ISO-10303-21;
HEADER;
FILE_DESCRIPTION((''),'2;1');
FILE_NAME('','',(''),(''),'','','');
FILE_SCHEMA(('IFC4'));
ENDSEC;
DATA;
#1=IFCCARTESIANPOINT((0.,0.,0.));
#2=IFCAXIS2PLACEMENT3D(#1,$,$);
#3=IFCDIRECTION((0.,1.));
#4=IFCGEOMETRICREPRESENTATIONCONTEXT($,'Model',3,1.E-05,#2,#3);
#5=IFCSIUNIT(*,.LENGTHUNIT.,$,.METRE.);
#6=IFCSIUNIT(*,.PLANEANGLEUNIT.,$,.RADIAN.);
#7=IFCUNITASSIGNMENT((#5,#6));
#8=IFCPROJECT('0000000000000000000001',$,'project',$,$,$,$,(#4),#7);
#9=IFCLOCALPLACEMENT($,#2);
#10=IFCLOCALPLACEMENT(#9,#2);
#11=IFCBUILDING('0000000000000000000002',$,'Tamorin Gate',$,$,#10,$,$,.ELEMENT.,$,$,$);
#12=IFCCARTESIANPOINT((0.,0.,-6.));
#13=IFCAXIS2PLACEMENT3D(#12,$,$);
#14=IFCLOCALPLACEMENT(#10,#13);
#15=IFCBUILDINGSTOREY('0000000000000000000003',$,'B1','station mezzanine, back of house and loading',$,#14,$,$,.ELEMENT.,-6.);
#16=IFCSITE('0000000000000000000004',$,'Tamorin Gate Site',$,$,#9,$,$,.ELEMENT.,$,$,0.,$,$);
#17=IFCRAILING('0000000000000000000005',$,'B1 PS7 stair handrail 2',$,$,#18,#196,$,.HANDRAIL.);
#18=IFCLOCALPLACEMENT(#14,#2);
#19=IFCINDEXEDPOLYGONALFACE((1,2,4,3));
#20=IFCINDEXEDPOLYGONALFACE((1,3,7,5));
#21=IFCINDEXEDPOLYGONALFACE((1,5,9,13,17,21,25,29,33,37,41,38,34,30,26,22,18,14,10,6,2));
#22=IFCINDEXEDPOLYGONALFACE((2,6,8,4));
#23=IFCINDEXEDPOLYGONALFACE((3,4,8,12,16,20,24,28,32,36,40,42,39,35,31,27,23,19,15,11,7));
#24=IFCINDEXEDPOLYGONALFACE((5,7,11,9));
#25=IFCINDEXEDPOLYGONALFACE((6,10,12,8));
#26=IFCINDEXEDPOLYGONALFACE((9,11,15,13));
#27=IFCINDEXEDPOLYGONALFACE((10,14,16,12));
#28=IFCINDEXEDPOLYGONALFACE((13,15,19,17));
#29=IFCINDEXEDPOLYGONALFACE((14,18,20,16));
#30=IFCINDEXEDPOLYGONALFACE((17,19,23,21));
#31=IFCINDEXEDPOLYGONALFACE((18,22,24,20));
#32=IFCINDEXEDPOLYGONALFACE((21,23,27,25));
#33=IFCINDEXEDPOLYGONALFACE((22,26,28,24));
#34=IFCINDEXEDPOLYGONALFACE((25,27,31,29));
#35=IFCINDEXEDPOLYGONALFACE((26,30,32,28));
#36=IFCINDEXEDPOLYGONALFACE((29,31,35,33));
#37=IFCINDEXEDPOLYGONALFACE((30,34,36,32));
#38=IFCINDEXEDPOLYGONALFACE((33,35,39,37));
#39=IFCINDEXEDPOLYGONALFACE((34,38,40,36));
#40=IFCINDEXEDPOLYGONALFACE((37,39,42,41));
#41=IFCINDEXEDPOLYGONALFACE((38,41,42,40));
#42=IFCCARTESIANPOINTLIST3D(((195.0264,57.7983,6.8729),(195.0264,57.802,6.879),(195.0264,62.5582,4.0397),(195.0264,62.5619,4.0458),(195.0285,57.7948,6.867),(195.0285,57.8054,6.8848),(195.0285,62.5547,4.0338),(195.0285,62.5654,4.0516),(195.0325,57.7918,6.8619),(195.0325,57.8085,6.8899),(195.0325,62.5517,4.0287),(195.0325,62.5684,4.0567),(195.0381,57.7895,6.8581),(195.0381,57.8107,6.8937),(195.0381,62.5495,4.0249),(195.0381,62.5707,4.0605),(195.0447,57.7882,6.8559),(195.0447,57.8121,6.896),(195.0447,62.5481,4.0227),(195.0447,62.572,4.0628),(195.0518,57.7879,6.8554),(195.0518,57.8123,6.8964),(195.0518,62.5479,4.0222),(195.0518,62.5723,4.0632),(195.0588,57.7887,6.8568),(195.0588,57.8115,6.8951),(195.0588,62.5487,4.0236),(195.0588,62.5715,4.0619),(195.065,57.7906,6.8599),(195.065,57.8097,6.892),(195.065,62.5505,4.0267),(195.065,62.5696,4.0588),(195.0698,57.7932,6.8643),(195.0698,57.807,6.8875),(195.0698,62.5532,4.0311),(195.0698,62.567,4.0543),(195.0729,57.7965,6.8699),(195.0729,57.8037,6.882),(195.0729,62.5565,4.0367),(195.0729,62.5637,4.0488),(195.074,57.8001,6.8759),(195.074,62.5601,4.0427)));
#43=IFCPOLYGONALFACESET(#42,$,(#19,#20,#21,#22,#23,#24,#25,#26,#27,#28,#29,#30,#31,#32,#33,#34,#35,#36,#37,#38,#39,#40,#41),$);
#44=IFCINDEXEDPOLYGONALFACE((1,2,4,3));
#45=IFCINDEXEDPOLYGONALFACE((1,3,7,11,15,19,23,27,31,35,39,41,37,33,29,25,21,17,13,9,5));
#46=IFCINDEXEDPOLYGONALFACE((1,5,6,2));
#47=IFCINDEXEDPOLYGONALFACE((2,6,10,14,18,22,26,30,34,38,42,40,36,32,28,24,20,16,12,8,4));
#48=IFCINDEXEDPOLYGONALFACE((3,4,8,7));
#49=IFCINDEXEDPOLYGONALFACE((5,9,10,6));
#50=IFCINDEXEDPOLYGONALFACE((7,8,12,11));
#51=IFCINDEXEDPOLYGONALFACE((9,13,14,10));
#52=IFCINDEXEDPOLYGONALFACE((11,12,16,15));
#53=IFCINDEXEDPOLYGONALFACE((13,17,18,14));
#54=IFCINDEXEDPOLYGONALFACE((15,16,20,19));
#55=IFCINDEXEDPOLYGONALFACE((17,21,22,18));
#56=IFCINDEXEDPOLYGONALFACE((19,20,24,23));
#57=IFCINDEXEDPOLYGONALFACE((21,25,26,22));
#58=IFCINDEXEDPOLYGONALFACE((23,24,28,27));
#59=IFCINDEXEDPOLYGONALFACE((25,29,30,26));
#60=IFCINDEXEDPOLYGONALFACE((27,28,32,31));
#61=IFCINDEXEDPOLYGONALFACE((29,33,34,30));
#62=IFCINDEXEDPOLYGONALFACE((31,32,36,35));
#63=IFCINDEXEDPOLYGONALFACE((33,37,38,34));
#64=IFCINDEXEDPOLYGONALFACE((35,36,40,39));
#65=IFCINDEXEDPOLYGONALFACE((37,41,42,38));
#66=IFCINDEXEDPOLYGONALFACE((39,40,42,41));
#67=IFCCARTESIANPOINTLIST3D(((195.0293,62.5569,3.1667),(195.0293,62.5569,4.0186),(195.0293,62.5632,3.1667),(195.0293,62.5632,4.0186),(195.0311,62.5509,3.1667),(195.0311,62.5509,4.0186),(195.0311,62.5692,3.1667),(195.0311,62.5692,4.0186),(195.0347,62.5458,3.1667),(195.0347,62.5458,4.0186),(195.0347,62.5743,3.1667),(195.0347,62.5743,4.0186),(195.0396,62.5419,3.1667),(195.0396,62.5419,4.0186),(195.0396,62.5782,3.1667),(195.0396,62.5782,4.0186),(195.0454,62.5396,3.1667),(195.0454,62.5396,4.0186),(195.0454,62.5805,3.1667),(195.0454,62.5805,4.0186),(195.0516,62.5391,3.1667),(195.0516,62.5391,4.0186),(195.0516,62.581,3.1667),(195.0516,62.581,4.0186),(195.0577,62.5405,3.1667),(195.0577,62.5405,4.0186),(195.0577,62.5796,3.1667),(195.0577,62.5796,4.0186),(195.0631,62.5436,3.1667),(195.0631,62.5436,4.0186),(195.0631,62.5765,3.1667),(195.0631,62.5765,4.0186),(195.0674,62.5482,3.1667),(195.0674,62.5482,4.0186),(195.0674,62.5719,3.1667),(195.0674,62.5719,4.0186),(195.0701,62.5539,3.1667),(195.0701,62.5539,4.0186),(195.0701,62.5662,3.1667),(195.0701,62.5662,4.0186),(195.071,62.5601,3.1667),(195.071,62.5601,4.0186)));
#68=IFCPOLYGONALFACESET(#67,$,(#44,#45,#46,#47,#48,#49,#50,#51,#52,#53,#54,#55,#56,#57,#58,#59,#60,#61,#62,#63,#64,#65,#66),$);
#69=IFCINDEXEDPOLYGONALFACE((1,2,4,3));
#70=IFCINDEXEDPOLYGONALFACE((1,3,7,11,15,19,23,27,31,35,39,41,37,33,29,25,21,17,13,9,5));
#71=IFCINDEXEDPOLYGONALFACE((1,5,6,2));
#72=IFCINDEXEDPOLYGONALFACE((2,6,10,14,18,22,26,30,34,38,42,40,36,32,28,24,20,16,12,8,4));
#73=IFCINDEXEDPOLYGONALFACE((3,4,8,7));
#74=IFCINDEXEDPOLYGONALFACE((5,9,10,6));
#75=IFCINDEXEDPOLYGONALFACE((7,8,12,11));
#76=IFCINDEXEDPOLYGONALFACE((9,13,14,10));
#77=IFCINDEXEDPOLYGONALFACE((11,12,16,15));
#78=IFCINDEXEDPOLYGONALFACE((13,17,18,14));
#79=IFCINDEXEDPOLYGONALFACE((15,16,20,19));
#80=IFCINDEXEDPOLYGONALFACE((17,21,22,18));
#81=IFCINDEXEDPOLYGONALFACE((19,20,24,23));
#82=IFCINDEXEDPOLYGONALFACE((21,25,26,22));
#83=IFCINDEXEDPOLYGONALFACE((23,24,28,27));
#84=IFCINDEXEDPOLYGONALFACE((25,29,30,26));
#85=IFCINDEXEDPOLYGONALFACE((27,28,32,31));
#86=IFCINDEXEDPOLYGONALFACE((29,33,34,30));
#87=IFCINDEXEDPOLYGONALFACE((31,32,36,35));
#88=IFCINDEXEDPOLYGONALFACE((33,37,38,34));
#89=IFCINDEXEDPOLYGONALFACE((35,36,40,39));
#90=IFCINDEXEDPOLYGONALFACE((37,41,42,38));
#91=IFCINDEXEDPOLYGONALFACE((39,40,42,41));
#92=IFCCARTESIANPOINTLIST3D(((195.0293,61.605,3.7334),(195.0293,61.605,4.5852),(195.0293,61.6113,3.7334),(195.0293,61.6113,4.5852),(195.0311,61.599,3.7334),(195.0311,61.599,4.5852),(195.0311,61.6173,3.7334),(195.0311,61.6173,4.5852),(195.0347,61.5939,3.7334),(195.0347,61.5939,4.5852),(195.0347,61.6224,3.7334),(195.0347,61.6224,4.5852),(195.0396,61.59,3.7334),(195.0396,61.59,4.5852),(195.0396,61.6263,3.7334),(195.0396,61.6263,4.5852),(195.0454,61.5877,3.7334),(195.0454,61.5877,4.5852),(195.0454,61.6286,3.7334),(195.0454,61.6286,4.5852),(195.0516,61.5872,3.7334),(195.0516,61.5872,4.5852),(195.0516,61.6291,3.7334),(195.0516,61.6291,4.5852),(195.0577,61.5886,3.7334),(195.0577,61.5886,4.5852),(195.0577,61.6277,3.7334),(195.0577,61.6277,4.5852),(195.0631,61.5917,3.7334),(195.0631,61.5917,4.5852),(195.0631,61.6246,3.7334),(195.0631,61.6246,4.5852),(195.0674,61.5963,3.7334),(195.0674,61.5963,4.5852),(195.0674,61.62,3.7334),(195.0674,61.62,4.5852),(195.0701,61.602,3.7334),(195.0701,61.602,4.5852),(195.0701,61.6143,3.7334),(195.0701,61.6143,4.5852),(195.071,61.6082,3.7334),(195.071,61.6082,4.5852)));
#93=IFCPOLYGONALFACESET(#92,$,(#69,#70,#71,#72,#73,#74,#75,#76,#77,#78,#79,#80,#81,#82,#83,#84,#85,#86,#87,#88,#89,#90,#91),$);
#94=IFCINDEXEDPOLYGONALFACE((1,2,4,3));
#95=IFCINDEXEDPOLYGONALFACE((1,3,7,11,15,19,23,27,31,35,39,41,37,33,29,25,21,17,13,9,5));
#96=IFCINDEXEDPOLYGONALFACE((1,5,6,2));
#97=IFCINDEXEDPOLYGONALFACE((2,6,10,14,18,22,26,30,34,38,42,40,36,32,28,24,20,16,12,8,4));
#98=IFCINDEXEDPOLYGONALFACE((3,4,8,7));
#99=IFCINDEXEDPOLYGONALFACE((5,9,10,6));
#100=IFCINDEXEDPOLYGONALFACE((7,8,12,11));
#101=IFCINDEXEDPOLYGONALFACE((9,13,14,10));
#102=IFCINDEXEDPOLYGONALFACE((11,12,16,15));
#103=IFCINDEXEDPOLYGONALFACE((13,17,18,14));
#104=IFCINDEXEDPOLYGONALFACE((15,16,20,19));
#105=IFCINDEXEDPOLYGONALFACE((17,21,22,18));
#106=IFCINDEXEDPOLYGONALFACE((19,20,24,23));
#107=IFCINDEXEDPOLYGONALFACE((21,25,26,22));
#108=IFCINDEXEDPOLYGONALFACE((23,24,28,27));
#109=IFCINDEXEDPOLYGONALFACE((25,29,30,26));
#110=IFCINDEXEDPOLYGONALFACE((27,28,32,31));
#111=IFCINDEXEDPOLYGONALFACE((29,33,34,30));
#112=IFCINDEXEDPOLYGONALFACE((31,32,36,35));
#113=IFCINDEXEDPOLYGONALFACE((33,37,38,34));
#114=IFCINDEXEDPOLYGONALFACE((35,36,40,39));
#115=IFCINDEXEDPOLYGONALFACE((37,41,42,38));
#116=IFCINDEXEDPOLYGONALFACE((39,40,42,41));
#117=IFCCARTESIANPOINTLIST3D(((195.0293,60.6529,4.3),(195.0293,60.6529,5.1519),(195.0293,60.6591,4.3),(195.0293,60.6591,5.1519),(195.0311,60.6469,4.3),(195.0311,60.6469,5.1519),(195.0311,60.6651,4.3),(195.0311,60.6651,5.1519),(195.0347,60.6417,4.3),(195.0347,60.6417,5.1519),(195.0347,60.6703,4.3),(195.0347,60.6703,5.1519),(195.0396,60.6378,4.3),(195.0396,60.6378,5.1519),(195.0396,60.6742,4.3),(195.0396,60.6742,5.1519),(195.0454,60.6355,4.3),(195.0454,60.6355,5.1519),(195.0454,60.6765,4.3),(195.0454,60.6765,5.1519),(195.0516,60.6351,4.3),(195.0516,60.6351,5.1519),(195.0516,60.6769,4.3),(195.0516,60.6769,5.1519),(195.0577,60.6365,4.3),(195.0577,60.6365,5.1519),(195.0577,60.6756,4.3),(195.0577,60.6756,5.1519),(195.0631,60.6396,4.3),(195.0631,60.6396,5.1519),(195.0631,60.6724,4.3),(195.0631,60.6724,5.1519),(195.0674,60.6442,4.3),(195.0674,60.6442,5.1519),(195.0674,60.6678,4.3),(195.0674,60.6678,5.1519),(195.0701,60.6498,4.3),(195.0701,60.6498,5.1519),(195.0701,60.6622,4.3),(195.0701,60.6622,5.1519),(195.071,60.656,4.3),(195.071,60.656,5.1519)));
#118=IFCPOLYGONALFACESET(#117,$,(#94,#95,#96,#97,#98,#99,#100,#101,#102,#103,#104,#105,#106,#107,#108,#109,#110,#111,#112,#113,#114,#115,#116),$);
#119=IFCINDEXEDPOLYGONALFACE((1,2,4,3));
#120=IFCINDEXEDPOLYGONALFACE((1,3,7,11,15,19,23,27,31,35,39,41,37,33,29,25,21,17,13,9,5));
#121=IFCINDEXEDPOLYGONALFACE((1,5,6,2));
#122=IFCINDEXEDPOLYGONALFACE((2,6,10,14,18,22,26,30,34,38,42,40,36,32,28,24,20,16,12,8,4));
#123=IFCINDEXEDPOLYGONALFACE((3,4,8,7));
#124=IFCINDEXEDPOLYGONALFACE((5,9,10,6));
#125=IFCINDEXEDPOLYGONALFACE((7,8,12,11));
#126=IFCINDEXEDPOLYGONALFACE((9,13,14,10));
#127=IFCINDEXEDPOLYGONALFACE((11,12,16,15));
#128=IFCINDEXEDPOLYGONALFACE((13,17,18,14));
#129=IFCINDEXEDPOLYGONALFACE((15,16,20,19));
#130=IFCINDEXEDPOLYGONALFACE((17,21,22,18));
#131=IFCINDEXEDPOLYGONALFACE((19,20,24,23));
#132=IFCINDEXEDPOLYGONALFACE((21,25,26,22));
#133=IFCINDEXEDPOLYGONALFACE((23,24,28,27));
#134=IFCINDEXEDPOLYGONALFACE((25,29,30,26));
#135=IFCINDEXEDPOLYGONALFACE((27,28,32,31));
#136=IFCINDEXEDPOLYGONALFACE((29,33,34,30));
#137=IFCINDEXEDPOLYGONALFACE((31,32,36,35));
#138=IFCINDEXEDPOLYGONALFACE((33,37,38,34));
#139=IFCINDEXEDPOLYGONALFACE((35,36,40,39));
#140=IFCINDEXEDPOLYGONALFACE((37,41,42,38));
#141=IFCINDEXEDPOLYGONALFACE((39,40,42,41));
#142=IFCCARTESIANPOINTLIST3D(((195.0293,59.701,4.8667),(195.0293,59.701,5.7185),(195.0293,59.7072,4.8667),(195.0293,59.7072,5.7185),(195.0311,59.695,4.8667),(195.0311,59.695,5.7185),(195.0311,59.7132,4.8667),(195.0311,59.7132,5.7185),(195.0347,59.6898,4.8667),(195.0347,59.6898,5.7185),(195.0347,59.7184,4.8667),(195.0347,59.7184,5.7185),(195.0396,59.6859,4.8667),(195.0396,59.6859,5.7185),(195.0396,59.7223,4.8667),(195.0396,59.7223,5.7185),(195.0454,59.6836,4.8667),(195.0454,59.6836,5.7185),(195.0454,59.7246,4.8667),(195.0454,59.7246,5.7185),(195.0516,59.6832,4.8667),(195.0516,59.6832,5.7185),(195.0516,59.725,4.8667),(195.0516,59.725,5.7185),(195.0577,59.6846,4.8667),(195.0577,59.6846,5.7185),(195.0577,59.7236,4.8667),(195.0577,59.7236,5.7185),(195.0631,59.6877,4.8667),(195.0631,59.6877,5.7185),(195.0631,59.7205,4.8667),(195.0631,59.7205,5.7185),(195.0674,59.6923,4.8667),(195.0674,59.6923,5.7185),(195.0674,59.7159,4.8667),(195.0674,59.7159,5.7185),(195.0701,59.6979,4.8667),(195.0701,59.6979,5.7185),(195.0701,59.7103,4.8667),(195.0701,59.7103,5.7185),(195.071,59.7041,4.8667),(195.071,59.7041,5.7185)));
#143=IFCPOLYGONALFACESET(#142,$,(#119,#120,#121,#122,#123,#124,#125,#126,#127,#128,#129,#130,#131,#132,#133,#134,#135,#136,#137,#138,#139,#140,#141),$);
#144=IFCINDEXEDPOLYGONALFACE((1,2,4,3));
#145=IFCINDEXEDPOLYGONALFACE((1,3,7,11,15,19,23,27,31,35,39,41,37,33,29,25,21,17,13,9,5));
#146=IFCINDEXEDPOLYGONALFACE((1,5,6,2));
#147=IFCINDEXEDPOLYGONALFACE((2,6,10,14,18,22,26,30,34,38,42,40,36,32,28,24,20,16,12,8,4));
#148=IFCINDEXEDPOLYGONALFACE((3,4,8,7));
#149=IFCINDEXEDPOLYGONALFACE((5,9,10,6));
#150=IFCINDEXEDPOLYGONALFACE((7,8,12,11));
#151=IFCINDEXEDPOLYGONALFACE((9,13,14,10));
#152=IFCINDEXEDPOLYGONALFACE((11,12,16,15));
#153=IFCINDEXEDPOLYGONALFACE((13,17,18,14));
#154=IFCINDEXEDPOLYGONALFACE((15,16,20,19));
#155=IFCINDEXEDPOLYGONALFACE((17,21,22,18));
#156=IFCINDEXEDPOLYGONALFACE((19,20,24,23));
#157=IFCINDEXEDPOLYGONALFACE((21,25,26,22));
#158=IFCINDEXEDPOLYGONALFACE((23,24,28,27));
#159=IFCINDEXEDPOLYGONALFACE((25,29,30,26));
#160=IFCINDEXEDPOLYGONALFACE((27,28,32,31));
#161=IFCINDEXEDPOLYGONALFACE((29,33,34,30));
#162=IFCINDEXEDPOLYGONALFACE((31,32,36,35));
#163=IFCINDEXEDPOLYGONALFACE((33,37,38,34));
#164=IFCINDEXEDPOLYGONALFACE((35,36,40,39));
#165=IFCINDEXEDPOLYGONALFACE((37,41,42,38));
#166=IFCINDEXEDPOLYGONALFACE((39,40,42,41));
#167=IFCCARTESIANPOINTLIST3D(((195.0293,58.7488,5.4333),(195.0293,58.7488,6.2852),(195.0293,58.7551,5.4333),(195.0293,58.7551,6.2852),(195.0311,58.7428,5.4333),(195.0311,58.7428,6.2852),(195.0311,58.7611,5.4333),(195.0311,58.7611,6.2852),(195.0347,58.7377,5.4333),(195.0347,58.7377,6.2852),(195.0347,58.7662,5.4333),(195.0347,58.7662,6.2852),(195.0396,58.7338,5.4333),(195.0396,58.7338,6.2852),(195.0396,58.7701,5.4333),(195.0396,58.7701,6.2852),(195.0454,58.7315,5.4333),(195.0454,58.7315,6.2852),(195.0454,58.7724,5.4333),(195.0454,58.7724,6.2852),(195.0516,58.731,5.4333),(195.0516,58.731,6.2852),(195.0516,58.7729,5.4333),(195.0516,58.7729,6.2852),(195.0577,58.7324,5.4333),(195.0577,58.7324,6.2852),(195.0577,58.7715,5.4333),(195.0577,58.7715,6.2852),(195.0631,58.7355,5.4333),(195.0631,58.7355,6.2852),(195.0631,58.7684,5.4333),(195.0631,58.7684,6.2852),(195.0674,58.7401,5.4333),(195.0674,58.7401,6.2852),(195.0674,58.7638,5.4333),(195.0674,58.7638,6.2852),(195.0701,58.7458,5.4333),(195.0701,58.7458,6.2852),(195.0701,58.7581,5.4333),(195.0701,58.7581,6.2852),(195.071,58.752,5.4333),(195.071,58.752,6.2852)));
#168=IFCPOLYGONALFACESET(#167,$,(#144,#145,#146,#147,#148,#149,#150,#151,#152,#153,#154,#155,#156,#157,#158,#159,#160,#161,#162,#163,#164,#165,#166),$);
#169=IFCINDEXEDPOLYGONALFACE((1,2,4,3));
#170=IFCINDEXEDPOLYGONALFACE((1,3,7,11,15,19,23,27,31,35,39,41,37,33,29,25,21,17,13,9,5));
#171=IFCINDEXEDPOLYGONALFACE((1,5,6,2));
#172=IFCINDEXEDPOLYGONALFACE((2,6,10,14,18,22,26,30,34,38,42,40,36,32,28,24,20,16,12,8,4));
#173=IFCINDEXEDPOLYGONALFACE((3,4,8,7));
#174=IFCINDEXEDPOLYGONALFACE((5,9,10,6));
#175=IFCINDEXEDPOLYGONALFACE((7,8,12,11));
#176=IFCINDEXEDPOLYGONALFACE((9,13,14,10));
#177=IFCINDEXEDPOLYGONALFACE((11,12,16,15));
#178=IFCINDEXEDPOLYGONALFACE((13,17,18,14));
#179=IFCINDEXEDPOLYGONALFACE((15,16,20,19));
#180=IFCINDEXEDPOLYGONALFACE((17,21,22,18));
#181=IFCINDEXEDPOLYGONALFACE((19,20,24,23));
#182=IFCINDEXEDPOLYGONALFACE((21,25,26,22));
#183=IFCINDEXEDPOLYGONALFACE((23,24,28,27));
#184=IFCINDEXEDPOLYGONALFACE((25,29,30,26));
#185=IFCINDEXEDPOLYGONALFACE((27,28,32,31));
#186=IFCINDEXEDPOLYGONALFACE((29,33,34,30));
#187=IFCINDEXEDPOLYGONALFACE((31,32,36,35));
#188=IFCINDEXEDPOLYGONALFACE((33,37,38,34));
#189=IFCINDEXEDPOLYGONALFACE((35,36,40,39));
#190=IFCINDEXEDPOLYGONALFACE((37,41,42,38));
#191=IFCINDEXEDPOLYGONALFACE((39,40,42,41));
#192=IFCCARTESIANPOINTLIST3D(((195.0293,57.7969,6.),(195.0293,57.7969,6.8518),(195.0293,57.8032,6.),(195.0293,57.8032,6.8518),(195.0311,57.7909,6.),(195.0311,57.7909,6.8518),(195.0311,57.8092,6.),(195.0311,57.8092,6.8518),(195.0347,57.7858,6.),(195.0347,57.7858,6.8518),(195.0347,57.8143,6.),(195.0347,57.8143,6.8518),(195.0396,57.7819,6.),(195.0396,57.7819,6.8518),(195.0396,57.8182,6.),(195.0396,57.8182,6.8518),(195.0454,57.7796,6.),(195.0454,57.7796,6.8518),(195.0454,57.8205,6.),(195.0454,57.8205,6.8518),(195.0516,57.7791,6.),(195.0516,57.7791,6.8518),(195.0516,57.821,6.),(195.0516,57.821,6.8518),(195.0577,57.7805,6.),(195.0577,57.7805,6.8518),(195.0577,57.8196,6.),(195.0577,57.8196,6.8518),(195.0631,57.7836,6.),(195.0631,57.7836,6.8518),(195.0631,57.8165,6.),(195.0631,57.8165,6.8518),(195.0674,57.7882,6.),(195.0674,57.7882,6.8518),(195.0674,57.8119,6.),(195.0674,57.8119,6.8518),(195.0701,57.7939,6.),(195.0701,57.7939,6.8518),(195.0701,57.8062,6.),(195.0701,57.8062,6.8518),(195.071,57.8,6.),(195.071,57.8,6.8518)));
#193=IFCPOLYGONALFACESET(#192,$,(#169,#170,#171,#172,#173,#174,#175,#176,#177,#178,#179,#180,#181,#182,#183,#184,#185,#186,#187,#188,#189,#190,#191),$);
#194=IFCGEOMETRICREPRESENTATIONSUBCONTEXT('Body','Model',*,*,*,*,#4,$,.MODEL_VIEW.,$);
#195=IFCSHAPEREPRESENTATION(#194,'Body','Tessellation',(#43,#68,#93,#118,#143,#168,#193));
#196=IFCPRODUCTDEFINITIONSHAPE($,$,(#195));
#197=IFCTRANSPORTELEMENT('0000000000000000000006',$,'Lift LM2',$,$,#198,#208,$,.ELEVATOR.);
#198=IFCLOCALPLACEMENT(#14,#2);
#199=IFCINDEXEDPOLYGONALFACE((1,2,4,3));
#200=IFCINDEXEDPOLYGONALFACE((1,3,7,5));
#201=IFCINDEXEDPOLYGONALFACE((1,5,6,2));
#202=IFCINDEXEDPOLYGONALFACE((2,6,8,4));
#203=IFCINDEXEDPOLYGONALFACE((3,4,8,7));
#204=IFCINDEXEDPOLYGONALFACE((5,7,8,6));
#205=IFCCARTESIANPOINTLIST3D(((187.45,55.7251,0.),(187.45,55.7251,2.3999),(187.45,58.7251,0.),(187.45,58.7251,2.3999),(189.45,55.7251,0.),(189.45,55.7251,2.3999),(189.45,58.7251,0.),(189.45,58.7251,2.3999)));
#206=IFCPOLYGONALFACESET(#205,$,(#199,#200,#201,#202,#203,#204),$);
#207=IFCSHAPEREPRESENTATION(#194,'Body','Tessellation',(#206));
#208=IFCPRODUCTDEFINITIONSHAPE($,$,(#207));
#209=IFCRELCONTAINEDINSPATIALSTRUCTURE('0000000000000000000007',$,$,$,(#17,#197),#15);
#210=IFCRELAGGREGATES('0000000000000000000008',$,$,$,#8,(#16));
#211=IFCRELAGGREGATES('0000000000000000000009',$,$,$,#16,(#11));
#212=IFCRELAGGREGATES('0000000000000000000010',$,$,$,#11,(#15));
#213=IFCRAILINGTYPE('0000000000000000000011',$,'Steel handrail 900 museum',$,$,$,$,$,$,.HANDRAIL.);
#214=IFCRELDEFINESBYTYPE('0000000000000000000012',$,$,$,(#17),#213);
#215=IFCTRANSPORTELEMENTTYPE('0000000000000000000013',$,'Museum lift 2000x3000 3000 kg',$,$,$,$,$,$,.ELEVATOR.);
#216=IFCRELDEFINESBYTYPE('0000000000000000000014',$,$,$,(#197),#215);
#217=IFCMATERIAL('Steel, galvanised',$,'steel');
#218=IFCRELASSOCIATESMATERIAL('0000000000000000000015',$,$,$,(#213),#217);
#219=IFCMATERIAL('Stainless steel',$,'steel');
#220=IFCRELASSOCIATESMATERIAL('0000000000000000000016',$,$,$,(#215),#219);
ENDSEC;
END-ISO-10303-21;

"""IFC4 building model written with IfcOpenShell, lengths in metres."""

from ifc_helpers import new_model, si_unit, direction, frame, origin, origin_2d, place, context, subcontext, project, spatial, rectangle, circle, extrude, material, type_object, element, save


model = new_model("IFC4")

# Units and contexts
model_context = context("Model", 3, precision=1e-05, world=origin(), true_north=direction((0.0, 1.0)))
body_context = subcontext(model_context, "Body", "Model", "MODEL_VIEW")
ifc_project = project(units=[si_unit("LENGTHUNIT", "METRE"), si_unit("PLANEANGLEUNIT", "RADIAN")], contexts=[model_context])

# Site, building, storey
site_placement = place(None, origin())
site = spatial("IfcSite", under=ifc_project, at=site_placement, Name="Tamorin Gate Site", CompositionType="ELEMENT", RefElevation=0.0)
building_placement = place(site_placement, origin())
building = spatial("IfcBuilding", under=site, at=building_placement, Name="Tamorin Gate", CompositionType="ELEMENT")
storey_placement = place(building_placement, frame((0.0, 0.0, -6.0)))
storey = spatial("IfcBuildingStorey", under=building, at=storey_placement, Name="B1", Description="station mezzanine, back of house and loading", CompositionType="ELEMENT", Elevation=-6.0)

# Shared definitions
ifc_material_1 = material(Name="Stainless steel", Category="steel")

# Railing
ifc_material_2 = material(Name="Steel, galvanised", Category="steel")
railing_type_1 = type_object("IfcRailingType", Name="Steel handrail 900 museum", PredefinedType="HANDRAIL", material=ifc_material_2)
railing_1_placement = place(storey_placement, frame((195.05, 62.5601, 3.1667)))
element("IfcRailing", 1, at=railing_1_placement, inside=storey, type_object=railing_type_1, Name="B1 PS7 stair handrail 2", PredefinedType="HANDRAIL", context=body_context, shape_type="SweptSolid", body=[
    extrude(circle(Radius=0.0239, at=origin_2d()), frame((0.0, 0.0, 0.876), z_axis=(0.0, -0.8593, 0.511472), x_axis=(1.0, 0.0, 0.0)), (0.0, 0.0, 1.0), 5.5393),
    extrude(circle(Radius=0.021, at=origin_2d()), origin(), (0.0, 0.0, 1.0), 0.8518),
    extrude(circle(Radius=0.021, at=origin_2d()), frame((0.0, -0.9519, 0.5667)), (0.0, 0.0, 1.0), 0.8518),
    extrude(circle(Radius=0.021, at=origin_2d()), frame((0.0, -1.9041, 1.1333)), (0.0, 0.0, 1.0), 0.8518),
    extrude(circle(Radius=0.021, at=origin_2d()), frame((0.0, -2.856, 1.7)), (0.0, 0.0, 1.0), 0.8518),
    extrude(circle(Radius=0.021, at=origin_2d()), frame((0.0, -3.8081, 2.2666)), (0.0, 0.0, 1.0), 0.8518),
    extrude(circle(Radius=0.021, at=origin_2d()), frame((0.0, -4.76, 2.8333)), (0.0, 0.0, 1.0), 0.8518),
])

# Transport element
transport_element_type = type_object("IfcTransportElementType", Name="Museum lift 2000x3000 3000 kg", PredefinedType="ELEVATOR", material=ifc_material_1)
transport_element_placement = place(storey_placement, frame((188.45, 57.2251, 0.0), z_axis=(0.0, 0.0, 1.0), x_axis=(1.0, 0.0, 0.0)))
element("IfcTransportElement", 2, at=transport_element_placement, inside=storey, type_object=transport_element_type, Name="Lift LM2", PredefinedType="ELEVATOR", context=body_context, shape_type="SweptSolid", body=[
    extrude(rectangle(XDim=2.0, YDim=3.0, at=origin_2d()), origin(), (0.0, 0.0, 1.0), 2.3999),
])

save(model, "model.ifc")
